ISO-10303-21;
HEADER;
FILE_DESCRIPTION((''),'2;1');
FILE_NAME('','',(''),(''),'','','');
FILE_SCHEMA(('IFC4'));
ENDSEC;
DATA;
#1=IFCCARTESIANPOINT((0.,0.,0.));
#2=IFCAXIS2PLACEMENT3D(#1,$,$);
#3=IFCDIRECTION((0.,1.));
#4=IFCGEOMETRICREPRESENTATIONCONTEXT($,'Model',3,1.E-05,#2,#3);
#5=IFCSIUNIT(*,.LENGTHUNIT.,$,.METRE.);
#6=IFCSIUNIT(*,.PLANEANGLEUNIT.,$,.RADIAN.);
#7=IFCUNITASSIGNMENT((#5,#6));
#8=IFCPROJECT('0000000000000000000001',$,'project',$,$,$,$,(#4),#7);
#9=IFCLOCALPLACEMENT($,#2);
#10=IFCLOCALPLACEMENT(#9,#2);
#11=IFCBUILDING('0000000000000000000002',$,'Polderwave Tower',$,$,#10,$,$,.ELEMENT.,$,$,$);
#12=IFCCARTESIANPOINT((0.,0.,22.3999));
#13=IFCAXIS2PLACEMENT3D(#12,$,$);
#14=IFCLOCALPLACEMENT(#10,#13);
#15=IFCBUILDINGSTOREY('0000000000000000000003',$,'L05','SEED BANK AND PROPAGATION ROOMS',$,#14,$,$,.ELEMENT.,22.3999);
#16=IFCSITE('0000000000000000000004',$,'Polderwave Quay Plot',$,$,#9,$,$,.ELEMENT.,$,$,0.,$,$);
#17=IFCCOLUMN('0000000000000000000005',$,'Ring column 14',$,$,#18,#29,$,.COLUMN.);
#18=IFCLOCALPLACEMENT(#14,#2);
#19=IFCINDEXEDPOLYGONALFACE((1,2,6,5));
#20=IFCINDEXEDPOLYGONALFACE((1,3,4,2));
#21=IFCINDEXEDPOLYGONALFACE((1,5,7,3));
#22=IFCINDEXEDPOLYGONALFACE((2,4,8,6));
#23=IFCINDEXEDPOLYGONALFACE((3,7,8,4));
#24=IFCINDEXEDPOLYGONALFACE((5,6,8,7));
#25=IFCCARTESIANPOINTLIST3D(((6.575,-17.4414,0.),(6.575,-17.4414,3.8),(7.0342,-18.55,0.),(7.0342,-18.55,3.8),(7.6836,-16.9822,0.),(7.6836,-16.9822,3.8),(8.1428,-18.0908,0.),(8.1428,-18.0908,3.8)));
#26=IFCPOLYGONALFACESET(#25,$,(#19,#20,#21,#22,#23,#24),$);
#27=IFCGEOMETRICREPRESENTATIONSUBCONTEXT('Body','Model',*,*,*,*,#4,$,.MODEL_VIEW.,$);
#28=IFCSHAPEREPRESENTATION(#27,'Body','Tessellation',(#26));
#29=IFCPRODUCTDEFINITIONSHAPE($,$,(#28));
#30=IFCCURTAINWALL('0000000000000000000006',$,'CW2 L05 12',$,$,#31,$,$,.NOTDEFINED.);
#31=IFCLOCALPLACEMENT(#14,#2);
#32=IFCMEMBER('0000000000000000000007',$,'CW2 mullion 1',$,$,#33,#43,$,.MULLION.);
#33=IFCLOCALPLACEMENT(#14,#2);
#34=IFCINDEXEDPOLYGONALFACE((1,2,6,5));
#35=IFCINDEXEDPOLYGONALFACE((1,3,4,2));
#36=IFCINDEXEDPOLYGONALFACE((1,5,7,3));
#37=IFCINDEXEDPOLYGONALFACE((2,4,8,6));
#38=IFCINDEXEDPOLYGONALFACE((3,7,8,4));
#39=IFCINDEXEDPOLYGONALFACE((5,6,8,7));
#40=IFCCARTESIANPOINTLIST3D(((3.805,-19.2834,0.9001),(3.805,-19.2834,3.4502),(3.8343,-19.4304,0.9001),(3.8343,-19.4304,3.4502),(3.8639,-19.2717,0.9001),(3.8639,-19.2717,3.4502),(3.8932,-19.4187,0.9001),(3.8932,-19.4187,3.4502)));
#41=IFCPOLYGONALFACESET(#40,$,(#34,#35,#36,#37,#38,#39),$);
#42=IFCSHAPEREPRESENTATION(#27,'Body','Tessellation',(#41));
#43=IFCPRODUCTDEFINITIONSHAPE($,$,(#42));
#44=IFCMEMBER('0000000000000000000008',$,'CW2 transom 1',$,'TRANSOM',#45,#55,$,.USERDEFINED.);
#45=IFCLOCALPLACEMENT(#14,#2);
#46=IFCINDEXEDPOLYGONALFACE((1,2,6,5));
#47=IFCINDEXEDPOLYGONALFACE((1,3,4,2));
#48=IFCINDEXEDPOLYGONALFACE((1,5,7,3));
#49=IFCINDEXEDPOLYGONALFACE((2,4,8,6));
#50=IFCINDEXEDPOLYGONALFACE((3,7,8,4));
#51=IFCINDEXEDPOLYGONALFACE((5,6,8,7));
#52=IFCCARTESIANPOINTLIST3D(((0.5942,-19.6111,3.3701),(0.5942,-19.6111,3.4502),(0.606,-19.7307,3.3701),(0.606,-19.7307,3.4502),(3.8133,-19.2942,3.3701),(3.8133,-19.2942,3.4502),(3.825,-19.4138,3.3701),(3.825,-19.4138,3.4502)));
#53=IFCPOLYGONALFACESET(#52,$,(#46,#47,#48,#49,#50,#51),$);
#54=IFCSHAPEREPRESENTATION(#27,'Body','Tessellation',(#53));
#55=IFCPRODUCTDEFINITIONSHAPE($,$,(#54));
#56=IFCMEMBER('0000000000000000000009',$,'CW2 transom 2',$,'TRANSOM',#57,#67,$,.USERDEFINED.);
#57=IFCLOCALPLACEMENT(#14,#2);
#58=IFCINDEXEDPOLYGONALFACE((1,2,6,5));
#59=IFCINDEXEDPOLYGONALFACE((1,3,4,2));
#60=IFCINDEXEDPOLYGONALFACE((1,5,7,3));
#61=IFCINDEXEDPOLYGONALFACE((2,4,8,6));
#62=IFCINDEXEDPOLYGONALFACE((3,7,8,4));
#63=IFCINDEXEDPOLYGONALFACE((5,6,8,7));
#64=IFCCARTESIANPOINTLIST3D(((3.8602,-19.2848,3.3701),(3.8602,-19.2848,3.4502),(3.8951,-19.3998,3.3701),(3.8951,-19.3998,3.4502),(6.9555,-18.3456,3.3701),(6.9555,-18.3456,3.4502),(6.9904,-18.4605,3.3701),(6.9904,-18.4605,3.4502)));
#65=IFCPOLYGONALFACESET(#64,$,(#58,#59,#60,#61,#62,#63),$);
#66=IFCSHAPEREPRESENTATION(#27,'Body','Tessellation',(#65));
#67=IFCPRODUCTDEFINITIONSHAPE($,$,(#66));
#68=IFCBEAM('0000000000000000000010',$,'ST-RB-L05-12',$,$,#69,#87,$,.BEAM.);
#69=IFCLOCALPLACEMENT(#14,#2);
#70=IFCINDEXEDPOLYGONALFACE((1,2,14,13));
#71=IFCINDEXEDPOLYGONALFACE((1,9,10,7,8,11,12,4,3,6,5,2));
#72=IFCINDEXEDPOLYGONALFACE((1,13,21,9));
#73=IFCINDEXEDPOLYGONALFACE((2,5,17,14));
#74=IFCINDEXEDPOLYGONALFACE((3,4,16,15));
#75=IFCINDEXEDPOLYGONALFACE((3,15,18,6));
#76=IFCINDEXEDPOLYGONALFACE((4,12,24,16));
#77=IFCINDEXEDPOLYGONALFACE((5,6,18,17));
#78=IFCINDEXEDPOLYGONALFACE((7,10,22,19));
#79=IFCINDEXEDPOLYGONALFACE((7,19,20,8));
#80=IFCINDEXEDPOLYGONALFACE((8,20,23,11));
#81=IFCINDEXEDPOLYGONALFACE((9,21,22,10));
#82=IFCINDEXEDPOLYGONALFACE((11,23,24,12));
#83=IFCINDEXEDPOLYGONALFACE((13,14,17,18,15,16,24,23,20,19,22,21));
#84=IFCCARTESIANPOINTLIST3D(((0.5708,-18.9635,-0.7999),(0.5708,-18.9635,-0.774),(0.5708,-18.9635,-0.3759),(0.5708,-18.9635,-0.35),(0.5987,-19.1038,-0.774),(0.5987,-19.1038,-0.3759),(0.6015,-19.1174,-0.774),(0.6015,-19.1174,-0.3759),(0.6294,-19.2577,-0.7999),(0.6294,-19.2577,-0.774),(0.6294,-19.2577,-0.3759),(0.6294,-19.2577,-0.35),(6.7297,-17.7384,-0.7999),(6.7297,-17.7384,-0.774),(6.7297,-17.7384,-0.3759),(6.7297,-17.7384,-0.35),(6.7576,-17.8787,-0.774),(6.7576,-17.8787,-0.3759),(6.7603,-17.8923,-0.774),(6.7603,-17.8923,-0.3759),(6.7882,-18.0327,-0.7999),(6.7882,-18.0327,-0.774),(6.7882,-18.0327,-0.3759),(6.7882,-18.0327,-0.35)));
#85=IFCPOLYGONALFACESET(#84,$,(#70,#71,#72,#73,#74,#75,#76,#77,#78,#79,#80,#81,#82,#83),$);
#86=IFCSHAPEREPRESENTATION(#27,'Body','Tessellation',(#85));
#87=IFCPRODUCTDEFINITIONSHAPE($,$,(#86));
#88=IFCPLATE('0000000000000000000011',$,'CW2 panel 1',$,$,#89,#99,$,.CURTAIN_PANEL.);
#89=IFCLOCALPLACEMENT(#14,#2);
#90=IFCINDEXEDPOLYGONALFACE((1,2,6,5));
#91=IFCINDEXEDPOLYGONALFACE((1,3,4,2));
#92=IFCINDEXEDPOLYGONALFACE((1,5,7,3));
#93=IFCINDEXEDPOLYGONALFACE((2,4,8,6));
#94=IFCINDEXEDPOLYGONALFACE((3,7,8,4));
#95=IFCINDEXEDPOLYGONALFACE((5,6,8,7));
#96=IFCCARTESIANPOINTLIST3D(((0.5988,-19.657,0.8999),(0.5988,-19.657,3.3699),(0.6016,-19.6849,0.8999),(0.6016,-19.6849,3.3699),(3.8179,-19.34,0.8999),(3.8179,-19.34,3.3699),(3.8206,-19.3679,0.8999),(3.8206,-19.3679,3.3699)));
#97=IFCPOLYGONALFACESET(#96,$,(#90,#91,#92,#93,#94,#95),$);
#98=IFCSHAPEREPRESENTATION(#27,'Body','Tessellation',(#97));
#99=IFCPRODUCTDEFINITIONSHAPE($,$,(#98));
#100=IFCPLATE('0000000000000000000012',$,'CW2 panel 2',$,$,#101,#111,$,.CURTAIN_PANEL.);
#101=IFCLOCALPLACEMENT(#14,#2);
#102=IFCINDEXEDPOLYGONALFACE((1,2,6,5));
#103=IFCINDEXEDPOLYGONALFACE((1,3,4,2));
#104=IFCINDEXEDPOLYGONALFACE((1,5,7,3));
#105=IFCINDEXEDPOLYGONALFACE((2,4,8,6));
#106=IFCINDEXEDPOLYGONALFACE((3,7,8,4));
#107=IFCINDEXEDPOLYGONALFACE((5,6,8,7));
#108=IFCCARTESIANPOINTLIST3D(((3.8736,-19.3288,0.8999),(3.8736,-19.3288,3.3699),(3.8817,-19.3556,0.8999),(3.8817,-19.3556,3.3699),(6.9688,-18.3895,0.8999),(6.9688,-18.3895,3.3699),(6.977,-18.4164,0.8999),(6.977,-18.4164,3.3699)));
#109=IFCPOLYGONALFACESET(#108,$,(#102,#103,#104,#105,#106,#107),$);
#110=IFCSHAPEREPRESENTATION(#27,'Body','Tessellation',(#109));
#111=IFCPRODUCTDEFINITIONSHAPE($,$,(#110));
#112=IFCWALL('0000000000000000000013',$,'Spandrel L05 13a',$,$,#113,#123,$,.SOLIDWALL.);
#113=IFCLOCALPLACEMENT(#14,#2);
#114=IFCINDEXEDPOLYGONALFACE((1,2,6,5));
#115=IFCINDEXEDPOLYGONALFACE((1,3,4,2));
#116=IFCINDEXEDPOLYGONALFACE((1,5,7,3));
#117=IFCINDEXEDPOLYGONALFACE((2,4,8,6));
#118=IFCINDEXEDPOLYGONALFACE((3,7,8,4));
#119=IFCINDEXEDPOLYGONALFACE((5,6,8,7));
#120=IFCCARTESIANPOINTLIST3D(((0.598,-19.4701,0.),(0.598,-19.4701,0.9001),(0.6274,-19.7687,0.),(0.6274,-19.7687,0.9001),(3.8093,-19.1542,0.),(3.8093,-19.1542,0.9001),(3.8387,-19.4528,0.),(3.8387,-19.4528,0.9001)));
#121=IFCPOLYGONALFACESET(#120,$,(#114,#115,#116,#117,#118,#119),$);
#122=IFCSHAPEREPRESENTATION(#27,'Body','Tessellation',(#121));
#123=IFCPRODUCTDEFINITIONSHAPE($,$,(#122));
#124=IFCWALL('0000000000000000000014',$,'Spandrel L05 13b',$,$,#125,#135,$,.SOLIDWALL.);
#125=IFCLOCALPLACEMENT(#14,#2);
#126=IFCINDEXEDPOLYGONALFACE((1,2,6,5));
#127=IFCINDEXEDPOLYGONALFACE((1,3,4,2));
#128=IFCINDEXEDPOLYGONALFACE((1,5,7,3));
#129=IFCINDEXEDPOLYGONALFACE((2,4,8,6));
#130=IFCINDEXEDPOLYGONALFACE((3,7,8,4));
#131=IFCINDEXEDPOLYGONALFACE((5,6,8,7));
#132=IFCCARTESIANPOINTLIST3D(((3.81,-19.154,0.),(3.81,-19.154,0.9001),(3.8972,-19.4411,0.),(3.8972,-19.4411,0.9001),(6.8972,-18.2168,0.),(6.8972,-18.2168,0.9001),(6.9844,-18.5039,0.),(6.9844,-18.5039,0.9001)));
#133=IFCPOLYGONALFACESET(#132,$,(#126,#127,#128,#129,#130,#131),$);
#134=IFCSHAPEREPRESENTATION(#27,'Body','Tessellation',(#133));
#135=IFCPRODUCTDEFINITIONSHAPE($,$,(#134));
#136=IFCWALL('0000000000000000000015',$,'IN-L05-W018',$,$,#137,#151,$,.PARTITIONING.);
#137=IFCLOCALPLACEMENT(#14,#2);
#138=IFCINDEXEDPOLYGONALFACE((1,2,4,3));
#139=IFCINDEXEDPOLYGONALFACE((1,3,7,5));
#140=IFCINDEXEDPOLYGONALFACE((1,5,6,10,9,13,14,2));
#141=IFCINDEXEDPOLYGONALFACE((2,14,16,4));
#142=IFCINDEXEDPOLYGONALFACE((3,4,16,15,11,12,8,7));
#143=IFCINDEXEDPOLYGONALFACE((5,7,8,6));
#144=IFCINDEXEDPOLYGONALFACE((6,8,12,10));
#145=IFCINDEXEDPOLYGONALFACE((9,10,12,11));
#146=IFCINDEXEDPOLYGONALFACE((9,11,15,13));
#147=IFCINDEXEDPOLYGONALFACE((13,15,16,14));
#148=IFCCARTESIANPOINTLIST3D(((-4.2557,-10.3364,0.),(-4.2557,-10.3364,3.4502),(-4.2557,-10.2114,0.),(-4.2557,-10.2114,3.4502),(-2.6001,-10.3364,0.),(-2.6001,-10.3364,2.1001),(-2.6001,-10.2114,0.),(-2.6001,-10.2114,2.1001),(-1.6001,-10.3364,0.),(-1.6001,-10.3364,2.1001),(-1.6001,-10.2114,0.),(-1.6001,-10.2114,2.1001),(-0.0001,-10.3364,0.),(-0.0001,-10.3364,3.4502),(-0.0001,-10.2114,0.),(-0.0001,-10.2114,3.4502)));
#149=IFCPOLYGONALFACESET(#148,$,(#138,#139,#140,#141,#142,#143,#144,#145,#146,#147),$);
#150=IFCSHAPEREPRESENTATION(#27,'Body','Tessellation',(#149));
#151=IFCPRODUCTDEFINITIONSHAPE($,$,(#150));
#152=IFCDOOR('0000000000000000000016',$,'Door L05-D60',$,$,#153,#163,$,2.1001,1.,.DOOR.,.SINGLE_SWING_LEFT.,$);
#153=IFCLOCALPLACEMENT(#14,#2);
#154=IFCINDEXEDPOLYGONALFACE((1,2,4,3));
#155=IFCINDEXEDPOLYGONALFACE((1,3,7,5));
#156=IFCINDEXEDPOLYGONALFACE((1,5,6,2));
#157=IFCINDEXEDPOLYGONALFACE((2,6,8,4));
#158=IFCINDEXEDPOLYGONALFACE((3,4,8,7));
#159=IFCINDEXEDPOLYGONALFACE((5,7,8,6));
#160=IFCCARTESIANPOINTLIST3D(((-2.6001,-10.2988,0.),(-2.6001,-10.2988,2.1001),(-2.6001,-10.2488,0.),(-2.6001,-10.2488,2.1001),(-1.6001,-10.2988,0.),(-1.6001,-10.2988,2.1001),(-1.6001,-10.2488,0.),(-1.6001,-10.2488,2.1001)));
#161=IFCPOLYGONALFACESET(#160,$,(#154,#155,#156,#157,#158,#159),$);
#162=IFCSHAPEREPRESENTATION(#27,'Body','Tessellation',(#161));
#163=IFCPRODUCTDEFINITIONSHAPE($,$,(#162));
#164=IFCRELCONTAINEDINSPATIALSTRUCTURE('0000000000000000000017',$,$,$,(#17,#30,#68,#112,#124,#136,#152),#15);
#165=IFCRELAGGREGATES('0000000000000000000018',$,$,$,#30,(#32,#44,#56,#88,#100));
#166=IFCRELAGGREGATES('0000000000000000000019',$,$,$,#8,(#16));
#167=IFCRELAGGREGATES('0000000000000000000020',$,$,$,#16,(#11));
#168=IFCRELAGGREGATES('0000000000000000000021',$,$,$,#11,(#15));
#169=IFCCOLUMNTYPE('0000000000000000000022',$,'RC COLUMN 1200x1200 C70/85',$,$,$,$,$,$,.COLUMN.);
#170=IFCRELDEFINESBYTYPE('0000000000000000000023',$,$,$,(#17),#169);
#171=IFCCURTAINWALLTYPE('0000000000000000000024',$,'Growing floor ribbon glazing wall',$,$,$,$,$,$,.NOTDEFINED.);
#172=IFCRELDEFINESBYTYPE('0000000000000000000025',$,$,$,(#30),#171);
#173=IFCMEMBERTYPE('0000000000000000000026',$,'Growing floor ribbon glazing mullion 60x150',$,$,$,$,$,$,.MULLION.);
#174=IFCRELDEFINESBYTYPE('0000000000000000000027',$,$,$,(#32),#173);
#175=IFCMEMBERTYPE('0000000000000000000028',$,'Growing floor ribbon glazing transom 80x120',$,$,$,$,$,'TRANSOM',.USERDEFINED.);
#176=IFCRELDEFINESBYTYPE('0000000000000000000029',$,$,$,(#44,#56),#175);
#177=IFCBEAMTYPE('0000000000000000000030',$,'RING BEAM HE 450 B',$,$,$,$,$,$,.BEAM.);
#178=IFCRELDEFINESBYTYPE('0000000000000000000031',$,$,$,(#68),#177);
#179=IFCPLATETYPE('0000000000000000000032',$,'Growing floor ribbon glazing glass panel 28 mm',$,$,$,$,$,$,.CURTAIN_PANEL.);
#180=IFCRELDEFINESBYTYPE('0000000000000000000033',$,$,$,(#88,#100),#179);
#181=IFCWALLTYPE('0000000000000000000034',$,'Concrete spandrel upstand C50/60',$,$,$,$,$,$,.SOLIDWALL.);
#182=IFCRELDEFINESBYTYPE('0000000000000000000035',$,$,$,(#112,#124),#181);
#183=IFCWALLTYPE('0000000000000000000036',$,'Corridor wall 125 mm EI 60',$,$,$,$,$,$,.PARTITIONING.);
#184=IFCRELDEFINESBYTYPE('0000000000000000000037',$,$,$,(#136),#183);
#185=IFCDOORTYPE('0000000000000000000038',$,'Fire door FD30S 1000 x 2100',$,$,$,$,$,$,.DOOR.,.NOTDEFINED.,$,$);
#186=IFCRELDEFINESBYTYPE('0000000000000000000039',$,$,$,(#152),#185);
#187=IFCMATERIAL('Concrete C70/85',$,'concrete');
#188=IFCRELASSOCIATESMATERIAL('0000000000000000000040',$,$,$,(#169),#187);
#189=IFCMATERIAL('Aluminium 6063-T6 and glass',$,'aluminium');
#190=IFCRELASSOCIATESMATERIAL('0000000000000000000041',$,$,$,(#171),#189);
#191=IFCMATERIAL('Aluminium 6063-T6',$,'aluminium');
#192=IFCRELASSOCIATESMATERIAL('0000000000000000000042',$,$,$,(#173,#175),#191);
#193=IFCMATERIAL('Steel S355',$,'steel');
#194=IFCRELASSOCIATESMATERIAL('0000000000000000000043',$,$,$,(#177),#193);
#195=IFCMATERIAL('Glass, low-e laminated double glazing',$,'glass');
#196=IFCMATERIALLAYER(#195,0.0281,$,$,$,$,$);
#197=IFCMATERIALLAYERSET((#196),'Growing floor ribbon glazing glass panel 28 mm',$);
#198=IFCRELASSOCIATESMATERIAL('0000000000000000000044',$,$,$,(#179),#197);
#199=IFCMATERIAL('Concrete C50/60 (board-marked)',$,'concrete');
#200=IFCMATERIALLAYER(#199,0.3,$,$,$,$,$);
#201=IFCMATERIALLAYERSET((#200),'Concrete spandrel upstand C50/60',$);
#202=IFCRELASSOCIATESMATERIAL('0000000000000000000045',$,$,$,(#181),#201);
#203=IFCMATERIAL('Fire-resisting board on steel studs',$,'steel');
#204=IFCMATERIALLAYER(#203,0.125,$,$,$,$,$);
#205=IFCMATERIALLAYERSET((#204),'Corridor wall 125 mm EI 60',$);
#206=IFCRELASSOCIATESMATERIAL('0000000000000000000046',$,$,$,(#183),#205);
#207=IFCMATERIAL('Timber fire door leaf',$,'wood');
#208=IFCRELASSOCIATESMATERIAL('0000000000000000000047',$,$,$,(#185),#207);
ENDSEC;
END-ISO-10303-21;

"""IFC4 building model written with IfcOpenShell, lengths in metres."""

from ifc_helpers import new_model, si_unit, direction, frame, frame_2d, origin, origin_2d, place, context, subcontext, project, spatial, rectangle, i_section, extrude, material, layer, layer_set, material_profile, profile_set, type_object, element, fill, aggregate, save


model = new_model("IFC4")

# Units and contexts
model_context = context("Model", 3, precision=1e-05, world=origin(), true_north=direction((0.0, 1.0)))
body_context = subcontext(model_context, "Body", "Model", "MODEL_VIEW")
ifc_project = project(units=[si_unit("LENGTHUNIT", "METRE"), si_unit("PLANEANGLEUNIT", "RADIAN")], contexts=[model_context])

# Site, building, storey
site_placement = place(None, origin())
site = spatial("IfcSite", under=ifc_project, at=site_placement, Name="Polderwave Quay Plot", CompositionType="ELEMENT", RefElevation=0.0)
building_placement = place(site_placement, origin())
building = spatial("IfcBuilding", under=site, at=building_placement, Name="Polderwave Tower", CompositionType="ELEMENT")
storey_placement = place(building_placement, frame((0.0, 0.0, 22.3999)))
storey = spatial("IfcBuildingStorey", under=building, at=storey_placement, Name="L05", Description="SEED BANK AND PROPAGATION ROOMS", CompositionType="ELEMENT", Elevation=22.3999)

# Column
ifc_material_1 = material(Name="Concrete C70/85", Category="concrete")
ifc_material_profile_1 = material_profile(ifc_material_1, rectangle(XDim=1.2, YDim=1.2, at=origin_2d()), Name="RC 1200x1200")
ifc_profile_set_1 = profile_set([ifc_material_profile_1], Name="Concrete C70/85")
column_type = type_object("IfcColumnType", Name="RC COLUMN 1200x1200 C70/85", PredefinedType="COLUMN", material=ifc_profile_set_1)
column_placement = place(storey_placement, frame((7.3589, -17.7661, 0.0), z_axis=(0.0, 0.0, 1.0), x_axis=(0.382683, -0.92388, 0.0)))
element("IfcColumn", 1, at=column_placement, inside=storey, type_object=column_type, Name="Ring column 14", PredefinedType="COLUMN", context=body_context, shape_type="SweptSolid", body=[
    extrude(rectangle(XDim=1.2, YDim=1.2, at=origin_2d()), origin(), (0.0, 0.0, 1.0), 3.8),
])

# Curtain wall, members
ifc_material_2 = material(Name="Aluminium 6063-T6 and glass", Category="aluminium")
curtain_wall_type = type_object("IfcCurtainWallType", Name="Growing floor ribbon glazing wall", PredefinedType="NOTDEFINED", material=ifc_material_2)
curtain_wall_placement = place(storey_placement, origin())
curtain_wall = element("IfcCurtainWall", 2, at=curtain_wall_placement, inside=storey, type_object=curtain_wall_type, Name="CW2 L05 12", PredefinedType="NOTDEFINED")
ifc_material_3 = material(Name="Aluminium 6063-T6", Category="aluminium")
ifc_material_profile_2 = material_profile(ifc_material_3, rectangle(XDim=0.1499, YDim=0.0601, at=origin_2d()), Name="AL 60x150")
ifc_profile_set_2 = profile_set([ifc_material_profile_2], Name="Aluminium 6063-T6")
member_type_1 = type_object("IfcMemberType", Name="Growing floor ribbon glazing mullion 60x150", PredefinedType="MULLION", material=ifc_profile_set_2)
member_1_placement = place(storey_placement, frame((3.8491, -19.3511, 0.9001), z_axis=(0.0, 0.0, 1.0), x_axis=(-0.19514, 0.980775, 0.0)))
member_1 = element("IfcMember", 3, at=member_1_placement, type_object=member_type_1, Name="CW2 mullion 1", PredefinedType="MULLION", context=body_context, shape_type="SweptSolid", body=[
    extrude(rectangle(XDim=0.1499, YDim=0.0601, at=origin_2d()), origin(), (0.0, 0.0, 1.0), 2.55),
])
ifc_material_profile_3 = material_profile(ifc_material_3, rectangle(XDim=0.1201, YDim=0.0801, at=origin_2d()), Name="AL 80x120")
ifc_profile_set_3 = profile_set([ifc_material_profile_3], Name="Aluminium 6063-T6")
member_type_2 = type_object("IfcMemberType", Name="Growing floor ribbon glazing transom 80x120", ElementType="TRANSOM", PredefinedType="USERDEFINED", material=ifc_profile_set_3)
member_2_placement = place(storey_placement, frame((0.6001, -19.6709, 3.4102), z_axis=(0.995189, 0.097972, 0.0), x_axis=(-0.097972, 0.995189, 0.0)))
member_2 = element("IfcMember", 4, at=member_2_placement, type_object=member_type_2, Name="CW2 transom 1", ObjectType="TRANSOM", PredefinedType="USERDEFINED", context=body_context, shape_type="SweptSolid", body=[
    extrude(rectangle(XDim=0.1201, YDim=0.0801, at=origin_2d()), origin(), (0.0, 0.0, 1.0), 3.2346),
])
member_3_placement = place(storey_placement, frame((3.8777, -19.3423, 3.4102), z_axis=(0.956916, 0.290366, 0.0), x_axis=(-0.290366, 0.956916, 0.0)))
member_3 = element("IfcMember", 5, at=member_3_placement, type_object=member_type_2, Name="CW2 transom 2", ObjectType="TRANSOM", PredefinedType="USERDEFINED", context=body_context, shape_type="SweptSolid", body=[
    extrude(rectangle(XDim=0.1201, YDim=0.0801, at=origin_2d()), origin(), (0.0, 0.0, 1.0), 3.2346),
])

# Beam
ifc_material_4 = material(Name="Steel S355", Category="steel")
ifc_material_profile_4 = material_profile(ifc_material_4, i_section(OverallWidth=0.3, OverallDepth=0.45, WebThickness=0.0139, FlangeThickness=0.0259, at=origin_2d()), Name="HE 450 B")
ifc_profile_set_4 = profile_set([ifc_material_profile_4], Name="Steel S355")
beam_type = type_object("IfcBeamType", Name="RING BEAM HE 450 B", PredefinedType="BEAM", material=ifc_profile_set_4)
beam_placement = place(storey_placement, frame((0.6001, -19.1106, -0.575), z_axis=(0.980785, 0.195092, 0.0), x_axis=(-0.195092, 0.980785, 0.0)))
element("IfcBeam", 6, at=beam_placement, inside=storey, type_object=beam_type, Name="ST-RB-L05-12", PredefinedType="BEAM", context=body_context, shape_type="SweptSolid", body=[
    extrude(i_section(OverallWidth=0.3, OverallDepth=0.45, WebThickness=0.0139, FlangeThickness=0.0259, at=origin_2d()), origin(), (0.0, 0.0, 1.0), 6.2795),
])

# Plates
ifc_material_5 = material(Name="Glass, low-e laminated double glazing", Category="glass")
ifc_layer_1 = layer(ifc_material_5, 0.0281)
ifc_layer_set_1 = layer_set([ifc_layer_1], Name="Growing floor ribbon glazing glass panel 28 mm")
plate_type = type_object("IfcPlateType", Name="Growing floor ribbon glazing glass panel 28 mm", PredefinedType="CURTAIN_PANEL", material=ifc_layer_set_1)
plate_1_placement = place(storey_placement, frame((2.2097, -19.5125, 0.8999), z_axis=(0.0, 0.0, 1.0), x_axis=(0.995185, 0.098017, 0.0)))
plate_1 = element("IfcPlate", 7, at=plate_1_placement, type_object=plate_type, Name="CW2 panel 1", PredefinedType="CURTAIN_PANEL", context=body_context, shape_type="SweptSolid", body=[
    extrude(rectangle(XDim=3.2346, YDim=0.0281, at=origin_2d()), origin(), (0.0, 0.0, 1.0), 2.47),
])
plate_2_placement = place(storey_placement, frame((5.4253, -18.8726, 0.8999), z_axis=(0.0, 0.0, 1.0), x_axis=(0.956911, 0.290382, 0.0)))
plate_2 = element("IfcPlate", 8, at=plate_2_placement, type_object=plate_type, Name="CW2 panel 2", PredefinedType="CURTAIN_PANEL", context=body_context, shape_type="SweptSolid", body=[
    extrude(rectangle(XDim=3.2346, YDim=0.0281, at=origin_2d()), origin(), (0.0, 0.0, 1.0), 2.47),
])
aggregate(curtain_wall, [member_1, member_2, member_3, plate_1, plate_2])

# Walls
ifc_material_6 = material(Name="Concrete C50/60 (board-marked)", Category="concrete")
ifc_layer_2 = layer(ifc_material_6, 0.3)
ifc_layer_set_2 = layer_set([ifc_layer_2], Name="Concrete spandrel upstand C50/60")
wall_type_1 = type_object("IfcWallType", Name="Concrete spandrel upstand C50/60", PredefinedType="SOLIDWALL", material=ifc_layer_set_2)
wall_1_placement = place(storey_placement, frame((0.6128, -19.6194, 0.0), z_axis=(0.0, 0.0, 1.0), x_axis=(0.995196, 0.097901, 0.0)))
element("IfcWall", 9, at=wall_1_placement, inside=storey, type_object=wall_type_1, Name="Spandrel L05 13a", PredefinedType="SOLIDWALL", context=body_context, shape_type="SweptSolid", body=[
    extrude(rectangle(XDim=3.2268, YDim=0.3, at=frame_2d((1.6133, 0.0))), origin(), (0.0, 0.0, 1.0), 0.9001),
])
wall_2_placement = place(storey_placement, frame((3.8535, -19.2976, 0.0), z_axis=(0.0, 0.0, 1.0), x_axis=(0.956873, 0.290505, 0.0)))
element("IfcWall", 10, at=wall_2_placement, inside=storey, type_object=wall_type_1, Name="Spandrel L05 13b", PredefinedType="SOLIDWALL", context=body_context, shape_type="SweptSolid", body=[
    extrude(rectangle(XDim=3.2263, YDim=0.3, at=frame_2d((1.6133, 0.0))), origin(), (0.0, 0.0, 1.0), 0.9001),
])

# Wall, opening, door
ifc_material_7 = material(Name="Fire-resisting board on steel studs", Category="steel")
ifc_layer_3 = layer(ifc_material_7, 0.125)
ifc_layer_set_3 = layer_set([ifc_layer_3], Name="Corridor wall 125 mm EI 60")
wall_type_2 = type_object("IfcWallType", Name="Corridor wall 125 mm EI 60", PredefinedType="PARTITIONING", material=ifc_layer_set_3)
wall_3_placement = place(storey_placement, frame((0.0, -10.2739, 0.0), z_axis=(0.0, 0.0, 1.0), x_axis=(-1.0, 0.0, 0.0)))
wall_3 = element("IfcWall", 11, at=wall_3_placement, inside=storey, type_object=wall_type_2, Name="IN-L05-W018", PredefinedType="PARTITIONING", context=body_context, shape_type="SweptSolid", body=[
    extrude(rectangle(XDim=4.2556, YDim=0.125, at=frame_2d((2.1279, 0.0))), origin(), (0.0, 0.0, 1.0), 3.4502),
])
opening_1_placement = place(wall_3_placement, frame((1.6001, 0.0, 0.0)))
opening_1 = element("IfcOpeningElement", 12, at=opening_1_placement, cuts=wall_3, PredefinedType="OPENING", context=body_context, shape_type="SweptSolid", body=[
    extrude(rectangle(XDim=1.0, YDim=2.1001, at=frame_2d((0.5, 1.05))), frame((0.0, 0.0725, 0.0), z_axis=(0.0, -1.0, 0.0), x_axis=(1.0, 0.0, 0.0)), (0.0, 0.0, 1.0), 0.145),
])
ifc_material_8 = material(Name="Timber fire door leaf", Category="wood")
door_type_1 = type_object("IfcDoorType", Name="Fire door FD30S 1000 x 2100", OperationType="NOTDEFINED", PredefinedType="DOOR", material=ifc_material_8)
door_1_placement = place(opening_1_placement, origin())
door_1 = element("IfcDoor", 13, at=door_1_placement, inside=storey, type_object=door_type_1, Name="Door L05-D60", OperationType="SINGLE_SWING_LEFT", OverallHeight=2.1001, OverallWidth=1.0, PredefinedType="DOOR", context=body_context, shape_type="SweptSolid", body=[
    extrude(rectangle(XDim=1.0, YDim=2.1001, at=frame_2d((0.5, 1.05))), frame((0.0, 0.0249, 0.0), z_axis=(0.0, -1.0, 0.0), x_axis=(1.0, 0.0, 0.0)), (0.0, 0.0, 1.0), 0.05),
])
fill(opening_1, door_1)

save(model, "model.ifc")
